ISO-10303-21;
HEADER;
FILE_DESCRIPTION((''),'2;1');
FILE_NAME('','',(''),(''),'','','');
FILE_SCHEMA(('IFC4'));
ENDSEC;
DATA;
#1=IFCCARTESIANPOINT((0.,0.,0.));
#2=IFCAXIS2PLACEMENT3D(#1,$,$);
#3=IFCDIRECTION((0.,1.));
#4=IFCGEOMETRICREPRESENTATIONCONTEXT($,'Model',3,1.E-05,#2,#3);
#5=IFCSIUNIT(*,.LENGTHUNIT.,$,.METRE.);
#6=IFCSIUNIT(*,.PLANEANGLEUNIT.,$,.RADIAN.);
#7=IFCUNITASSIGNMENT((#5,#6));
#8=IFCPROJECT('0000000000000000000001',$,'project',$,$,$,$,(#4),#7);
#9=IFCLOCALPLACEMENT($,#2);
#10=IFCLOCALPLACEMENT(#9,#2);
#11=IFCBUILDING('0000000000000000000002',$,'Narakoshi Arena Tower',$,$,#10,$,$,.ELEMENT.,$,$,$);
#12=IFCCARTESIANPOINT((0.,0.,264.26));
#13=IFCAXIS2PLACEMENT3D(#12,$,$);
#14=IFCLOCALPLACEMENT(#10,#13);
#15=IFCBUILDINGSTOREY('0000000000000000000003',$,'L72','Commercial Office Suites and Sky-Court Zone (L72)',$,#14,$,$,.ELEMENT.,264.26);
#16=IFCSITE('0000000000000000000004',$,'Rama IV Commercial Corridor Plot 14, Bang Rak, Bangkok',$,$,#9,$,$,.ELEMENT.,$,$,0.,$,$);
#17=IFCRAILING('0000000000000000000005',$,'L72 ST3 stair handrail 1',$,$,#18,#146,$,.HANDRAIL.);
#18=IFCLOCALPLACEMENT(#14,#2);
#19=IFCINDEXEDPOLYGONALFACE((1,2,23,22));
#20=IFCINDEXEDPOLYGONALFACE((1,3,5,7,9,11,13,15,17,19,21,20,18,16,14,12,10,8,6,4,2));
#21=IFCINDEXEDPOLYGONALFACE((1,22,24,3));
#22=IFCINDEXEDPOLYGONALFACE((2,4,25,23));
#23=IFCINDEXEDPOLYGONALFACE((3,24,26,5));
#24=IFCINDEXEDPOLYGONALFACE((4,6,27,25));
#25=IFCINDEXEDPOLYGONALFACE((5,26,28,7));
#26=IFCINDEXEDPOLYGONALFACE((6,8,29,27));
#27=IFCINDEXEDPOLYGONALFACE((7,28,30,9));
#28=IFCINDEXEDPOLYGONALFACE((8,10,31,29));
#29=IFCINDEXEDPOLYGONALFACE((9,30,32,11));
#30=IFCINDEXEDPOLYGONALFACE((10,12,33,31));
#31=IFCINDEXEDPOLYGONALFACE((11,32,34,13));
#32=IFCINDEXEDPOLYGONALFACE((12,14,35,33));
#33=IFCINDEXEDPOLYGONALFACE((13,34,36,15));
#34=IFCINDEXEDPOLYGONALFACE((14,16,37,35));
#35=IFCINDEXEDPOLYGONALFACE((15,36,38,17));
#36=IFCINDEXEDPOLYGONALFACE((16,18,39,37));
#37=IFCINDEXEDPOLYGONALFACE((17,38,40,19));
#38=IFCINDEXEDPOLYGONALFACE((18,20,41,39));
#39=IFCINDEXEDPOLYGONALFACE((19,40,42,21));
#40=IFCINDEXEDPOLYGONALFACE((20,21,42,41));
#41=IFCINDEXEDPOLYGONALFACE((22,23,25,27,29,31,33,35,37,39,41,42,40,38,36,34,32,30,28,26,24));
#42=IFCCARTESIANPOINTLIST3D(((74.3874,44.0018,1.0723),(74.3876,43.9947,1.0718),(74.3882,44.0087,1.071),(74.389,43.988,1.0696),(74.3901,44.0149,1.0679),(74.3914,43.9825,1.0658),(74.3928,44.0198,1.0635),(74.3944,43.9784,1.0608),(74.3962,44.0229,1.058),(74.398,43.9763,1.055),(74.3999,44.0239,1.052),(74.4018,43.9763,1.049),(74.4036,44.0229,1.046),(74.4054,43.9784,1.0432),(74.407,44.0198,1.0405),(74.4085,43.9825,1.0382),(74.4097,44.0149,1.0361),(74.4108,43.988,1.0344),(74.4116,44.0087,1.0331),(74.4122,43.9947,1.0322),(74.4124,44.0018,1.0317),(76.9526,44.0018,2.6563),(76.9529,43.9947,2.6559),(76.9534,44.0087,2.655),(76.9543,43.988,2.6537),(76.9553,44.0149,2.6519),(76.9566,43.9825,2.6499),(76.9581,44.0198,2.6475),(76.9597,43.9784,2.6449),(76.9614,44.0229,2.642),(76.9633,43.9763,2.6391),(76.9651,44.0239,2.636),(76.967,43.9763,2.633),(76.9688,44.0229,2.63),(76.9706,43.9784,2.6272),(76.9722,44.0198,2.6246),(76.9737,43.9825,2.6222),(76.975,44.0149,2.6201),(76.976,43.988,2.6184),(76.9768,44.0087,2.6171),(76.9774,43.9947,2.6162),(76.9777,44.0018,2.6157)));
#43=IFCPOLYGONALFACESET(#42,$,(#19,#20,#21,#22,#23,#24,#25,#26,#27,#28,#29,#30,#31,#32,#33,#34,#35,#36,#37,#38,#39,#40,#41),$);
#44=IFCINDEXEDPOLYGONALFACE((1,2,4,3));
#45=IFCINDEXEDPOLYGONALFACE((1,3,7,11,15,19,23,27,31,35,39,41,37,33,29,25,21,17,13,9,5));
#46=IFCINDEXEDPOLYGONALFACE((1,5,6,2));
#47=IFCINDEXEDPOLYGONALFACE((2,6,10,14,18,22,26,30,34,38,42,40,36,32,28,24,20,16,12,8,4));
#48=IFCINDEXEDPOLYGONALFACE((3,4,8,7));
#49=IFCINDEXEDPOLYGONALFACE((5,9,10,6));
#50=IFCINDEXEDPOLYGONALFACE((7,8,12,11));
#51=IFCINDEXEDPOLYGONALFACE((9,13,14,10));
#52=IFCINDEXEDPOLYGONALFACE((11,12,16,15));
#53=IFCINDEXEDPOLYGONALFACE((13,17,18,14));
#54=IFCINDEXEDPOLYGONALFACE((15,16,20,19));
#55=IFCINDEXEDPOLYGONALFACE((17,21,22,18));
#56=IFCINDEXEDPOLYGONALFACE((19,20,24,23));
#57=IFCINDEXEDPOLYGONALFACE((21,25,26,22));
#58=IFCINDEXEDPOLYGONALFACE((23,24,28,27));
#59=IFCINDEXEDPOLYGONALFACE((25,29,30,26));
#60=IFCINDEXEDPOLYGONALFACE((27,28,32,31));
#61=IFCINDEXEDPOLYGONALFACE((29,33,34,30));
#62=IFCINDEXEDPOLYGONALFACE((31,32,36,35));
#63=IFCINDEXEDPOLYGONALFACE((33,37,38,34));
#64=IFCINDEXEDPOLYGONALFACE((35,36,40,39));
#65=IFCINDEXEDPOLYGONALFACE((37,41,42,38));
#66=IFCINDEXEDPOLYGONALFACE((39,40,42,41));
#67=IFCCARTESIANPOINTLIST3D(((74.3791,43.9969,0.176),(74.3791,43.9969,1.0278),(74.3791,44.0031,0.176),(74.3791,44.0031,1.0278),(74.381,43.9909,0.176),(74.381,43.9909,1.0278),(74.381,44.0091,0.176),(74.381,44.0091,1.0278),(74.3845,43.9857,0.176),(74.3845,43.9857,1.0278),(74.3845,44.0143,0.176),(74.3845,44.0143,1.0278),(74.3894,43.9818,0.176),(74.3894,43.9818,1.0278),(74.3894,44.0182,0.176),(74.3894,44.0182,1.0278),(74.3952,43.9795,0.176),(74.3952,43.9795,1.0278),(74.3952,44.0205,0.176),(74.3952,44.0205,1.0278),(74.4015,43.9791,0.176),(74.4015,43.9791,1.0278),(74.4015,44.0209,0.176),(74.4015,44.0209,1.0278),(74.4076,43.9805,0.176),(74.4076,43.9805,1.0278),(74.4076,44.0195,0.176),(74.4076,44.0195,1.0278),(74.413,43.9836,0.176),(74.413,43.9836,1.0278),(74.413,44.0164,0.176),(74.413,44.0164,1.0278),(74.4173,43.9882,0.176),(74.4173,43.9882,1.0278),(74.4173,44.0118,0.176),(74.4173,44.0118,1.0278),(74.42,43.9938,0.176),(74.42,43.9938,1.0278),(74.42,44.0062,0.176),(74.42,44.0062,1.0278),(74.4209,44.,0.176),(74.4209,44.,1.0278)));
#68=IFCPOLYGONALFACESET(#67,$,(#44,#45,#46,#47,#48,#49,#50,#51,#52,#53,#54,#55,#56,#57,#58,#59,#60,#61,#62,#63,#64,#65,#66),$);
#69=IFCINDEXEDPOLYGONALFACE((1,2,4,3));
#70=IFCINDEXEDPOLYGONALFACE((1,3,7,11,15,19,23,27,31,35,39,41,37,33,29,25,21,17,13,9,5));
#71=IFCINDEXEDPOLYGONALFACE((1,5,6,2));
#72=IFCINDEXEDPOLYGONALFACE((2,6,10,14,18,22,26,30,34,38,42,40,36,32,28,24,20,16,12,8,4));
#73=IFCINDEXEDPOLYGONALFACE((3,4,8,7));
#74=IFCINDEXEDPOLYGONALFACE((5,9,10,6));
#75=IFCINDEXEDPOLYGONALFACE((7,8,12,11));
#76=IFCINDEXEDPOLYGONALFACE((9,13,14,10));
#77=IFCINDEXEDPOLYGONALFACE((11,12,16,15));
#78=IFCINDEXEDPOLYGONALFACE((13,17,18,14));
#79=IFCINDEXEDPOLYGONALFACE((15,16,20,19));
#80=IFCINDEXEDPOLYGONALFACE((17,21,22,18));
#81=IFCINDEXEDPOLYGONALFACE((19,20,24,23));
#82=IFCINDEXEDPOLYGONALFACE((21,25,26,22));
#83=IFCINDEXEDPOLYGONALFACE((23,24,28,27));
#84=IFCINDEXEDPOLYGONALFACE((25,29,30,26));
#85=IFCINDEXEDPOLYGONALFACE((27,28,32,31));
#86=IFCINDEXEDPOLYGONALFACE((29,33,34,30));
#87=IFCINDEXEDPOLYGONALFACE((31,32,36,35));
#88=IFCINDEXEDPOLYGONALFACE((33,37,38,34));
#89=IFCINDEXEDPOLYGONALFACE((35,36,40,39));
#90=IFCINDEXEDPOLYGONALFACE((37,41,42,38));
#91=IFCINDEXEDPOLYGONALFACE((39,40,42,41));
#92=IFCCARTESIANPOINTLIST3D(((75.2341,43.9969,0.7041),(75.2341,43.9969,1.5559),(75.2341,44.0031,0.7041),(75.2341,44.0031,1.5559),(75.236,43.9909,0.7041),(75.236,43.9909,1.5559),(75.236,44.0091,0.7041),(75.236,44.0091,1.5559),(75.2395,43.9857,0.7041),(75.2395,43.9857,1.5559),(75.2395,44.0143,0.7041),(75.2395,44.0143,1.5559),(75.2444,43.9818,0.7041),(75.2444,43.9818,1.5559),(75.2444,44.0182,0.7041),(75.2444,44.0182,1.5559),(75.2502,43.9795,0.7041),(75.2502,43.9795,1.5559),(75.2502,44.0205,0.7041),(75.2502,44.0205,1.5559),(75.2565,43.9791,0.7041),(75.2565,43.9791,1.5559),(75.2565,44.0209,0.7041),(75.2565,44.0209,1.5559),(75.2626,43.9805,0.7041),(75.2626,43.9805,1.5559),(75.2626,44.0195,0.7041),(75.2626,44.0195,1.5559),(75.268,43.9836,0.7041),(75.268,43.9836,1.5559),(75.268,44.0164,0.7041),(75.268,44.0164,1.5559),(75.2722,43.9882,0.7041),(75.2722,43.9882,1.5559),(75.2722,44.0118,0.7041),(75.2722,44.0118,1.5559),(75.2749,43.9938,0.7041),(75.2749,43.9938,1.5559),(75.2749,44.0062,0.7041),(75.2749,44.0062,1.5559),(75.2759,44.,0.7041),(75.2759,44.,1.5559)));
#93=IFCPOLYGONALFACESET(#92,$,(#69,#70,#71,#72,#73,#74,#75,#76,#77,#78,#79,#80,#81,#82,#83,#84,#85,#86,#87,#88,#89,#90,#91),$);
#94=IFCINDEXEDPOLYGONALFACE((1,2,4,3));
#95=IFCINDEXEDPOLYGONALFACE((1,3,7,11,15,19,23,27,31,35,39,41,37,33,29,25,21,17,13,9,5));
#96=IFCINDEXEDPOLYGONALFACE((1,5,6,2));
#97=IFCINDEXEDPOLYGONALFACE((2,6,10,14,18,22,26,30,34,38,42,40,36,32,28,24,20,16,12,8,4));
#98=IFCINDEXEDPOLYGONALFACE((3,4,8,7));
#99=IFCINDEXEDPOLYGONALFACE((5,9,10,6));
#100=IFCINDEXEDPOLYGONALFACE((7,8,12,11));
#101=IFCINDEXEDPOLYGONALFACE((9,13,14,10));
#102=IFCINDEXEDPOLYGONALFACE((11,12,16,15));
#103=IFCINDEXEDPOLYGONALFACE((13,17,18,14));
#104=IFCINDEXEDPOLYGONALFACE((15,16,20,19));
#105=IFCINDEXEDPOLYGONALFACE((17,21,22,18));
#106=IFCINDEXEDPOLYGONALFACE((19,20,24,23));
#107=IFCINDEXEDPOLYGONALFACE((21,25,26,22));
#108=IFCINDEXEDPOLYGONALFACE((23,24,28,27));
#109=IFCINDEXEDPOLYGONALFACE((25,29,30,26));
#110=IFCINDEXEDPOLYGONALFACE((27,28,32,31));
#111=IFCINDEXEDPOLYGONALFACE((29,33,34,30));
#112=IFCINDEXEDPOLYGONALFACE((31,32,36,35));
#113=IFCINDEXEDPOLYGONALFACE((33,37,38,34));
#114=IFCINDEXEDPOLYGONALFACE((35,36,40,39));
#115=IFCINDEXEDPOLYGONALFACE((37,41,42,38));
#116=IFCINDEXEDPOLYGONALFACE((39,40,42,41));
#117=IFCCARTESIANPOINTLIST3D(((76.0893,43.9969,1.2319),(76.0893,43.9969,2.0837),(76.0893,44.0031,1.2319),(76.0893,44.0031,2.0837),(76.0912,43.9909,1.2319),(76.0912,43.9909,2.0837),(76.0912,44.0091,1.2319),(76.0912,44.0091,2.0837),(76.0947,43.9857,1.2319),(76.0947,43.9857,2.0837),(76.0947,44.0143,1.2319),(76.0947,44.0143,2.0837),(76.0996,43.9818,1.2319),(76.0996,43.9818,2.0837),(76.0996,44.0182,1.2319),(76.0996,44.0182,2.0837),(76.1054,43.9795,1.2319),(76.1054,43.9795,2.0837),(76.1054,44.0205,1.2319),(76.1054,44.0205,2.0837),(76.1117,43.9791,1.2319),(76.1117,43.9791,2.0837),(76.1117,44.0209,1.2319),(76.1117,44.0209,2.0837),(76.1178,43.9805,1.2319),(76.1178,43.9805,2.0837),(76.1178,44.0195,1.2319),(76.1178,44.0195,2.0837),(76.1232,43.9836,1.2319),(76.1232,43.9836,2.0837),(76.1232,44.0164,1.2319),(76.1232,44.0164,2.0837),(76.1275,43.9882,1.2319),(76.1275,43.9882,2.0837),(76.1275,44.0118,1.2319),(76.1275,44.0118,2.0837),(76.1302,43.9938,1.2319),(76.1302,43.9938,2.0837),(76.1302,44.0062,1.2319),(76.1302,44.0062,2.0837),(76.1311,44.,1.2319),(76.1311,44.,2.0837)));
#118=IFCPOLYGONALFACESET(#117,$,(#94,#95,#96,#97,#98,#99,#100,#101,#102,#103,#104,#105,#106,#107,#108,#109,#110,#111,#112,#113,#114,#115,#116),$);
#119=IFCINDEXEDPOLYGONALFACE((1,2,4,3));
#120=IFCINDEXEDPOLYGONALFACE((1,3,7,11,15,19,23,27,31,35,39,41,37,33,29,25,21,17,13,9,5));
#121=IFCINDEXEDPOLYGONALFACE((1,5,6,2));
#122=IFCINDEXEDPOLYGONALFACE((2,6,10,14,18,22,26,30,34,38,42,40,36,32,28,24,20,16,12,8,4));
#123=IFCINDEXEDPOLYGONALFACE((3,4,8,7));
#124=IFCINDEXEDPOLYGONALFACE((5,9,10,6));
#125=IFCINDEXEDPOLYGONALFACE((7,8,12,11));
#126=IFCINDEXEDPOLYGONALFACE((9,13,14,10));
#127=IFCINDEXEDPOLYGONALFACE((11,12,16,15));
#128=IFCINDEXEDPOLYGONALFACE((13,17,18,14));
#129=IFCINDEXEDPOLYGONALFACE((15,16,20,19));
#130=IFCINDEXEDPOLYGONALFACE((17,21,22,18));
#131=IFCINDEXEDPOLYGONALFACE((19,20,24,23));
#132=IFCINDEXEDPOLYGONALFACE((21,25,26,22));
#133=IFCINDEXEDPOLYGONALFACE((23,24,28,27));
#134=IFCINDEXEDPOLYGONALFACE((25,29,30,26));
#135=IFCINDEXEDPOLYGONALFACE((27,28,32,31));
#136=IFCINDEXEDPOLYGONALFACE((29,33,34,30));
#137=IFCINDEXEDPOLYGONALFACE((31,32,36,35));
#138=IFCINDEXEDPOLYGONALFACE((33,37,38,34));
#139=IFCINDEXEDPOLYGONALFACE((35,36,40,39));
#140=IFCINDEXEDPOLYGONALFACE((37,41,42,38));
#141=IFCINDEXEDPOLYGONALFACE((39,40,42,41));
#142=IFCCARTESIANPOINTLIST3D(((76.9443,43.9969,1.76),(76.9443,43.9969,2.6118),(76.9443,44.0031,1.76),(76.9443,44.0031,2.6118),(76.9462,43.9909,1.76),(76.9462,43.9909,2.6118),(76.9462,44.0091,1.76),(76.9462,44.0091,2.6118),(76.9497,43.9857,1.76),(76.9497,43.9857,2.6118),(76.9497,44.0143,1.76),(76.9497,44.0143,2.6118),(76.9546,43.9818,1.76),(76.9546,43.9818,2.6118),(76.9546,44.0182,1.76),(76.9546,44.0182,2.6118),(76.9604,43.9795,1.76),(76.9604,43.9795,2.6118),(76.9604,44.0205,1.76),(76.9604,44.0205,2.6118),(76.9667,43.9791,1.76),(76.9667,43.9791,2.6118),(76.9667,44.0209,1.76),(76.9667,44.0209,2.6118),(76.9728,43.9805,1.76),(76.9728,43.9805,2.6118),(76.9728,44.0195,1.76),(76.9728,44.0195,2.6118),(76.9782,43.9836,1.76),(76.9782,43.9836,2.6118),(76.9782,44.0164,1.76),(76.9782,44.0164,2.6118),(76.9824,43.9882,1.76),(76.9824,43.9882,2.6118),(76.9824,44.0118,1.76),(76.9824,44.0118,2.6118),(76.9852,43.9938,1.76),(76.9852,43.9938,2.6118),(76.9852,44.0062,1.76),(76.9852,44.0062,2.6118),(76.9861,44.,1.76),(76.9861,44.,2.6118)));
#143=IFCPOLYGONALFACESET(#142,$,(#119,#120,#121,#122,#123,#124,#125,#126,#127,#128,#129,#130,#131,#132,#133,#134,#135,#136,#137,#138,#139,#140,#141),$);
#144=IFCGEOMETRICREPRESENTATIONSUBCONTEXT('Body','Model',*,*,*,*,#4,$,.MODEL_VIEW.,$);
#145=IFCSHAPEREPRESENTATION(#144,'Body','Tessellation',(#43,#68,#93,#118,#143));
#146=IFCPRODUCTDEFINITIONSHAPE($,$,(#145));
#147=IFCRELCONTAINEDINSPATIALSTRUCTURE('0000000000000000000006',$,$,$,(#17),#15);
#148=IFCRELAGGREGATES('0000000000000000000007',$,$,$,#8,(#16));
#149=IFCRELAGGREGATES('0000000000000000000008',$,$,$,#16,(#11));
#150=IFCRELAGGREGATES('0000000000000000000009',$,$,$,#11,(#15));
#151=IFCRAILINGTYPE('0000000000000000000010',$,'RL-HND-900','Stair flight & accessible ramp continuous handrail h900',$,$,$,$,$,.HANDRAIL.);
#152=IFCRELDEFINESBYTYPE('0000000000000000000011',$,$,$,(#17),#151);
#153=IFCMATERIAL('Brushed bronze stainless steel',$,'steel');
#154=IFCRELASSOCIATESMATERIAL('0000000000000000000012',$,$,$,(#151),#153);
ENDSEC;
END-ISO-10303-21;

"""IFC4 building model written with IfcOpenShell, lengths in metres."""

from ifc_helpers import new_model, si_unit, direction, frame, origin, origin_2d, place, context, subcontext, project, spatial, circle, extrude, material, type_object, element, save


model = new_model("IFC4")

# Units and contexts
model_context = context("Model", 3, precision=1e-05, world=origin(), true_north=direction((0.0, 1.0)))
body_context = subcontext(model_context, "Body", "Model", "MODEL_VIEW")
ifc_project = project(units=[si_unit("LENGTHUNIT", "METRE"), si_unit("PLANEANGLEUNIT", "RADIAN")], contexts=[model_context])

# Site, building, storey
site_placement = place(None, origin())
site = spatial("IfcSite", under=ifc_project, at=site_placement, Name="Rama IV Commercial Corridor Plot 14, Bang Rak, Bangkok", CompositionType="ELEMENT", RefElevation=0.0)
building_placement = place(site_placement, origin())
building = spatial("IfcBuilding", under=site, at=building_placement, Name="Narakoshi Arena Tower", CompositionType="ELEMENT")
storey_placement = place(building_placement, frame((0.0, 0.0, 264.26)))
storey = spatial("IfcBuildingStorey", under=building, at=storey_placement, Name="L72", Description="Commercial Office Suites and Sky-Court Zone (L72)", CompositionType="ELEMENT", Elevation=264.26)

# Railing
ifc_material_1 = material(Name="Brushed bronze stainless steel", Category="steel")
railing_type_1 = type_object("IfcRailingType", Name="RL-HND-900", Description="Stair flight & accessible ramp continuous handrail h900", PredefinedType="HANDRAIL", material=ifc_material_1)
railing_1_placement = place(storey_placement, frame((74.3999, 44.0, 0.176)))
element("IfcRailing", 1, at=railing_1_placement, inside=storey, type_object=railing_type_1, Name="L72 ST3 stair handrail 1", PredefinedType="HANDRAIL", context=body_context, shape_type="SweptSolid", body=[
    extrude(circle(Radius=0.0239, at=origin_2d()), frame((0.0, 0.0, 0.876), z_axis=(0.850857, 0.0, 0.525398), x_axis=(0.0, 1.0, 0.0)), (0.0, 0.0, 1.0), 3.0149),
    extrude(circle(Radius=0.021, at=origin_2d()), origin(), (0.0, 0.0, 1.0), 0.8518),
    extrude(circle(Radius=0.021, at=origin_2d()), frame((0.855, 0.0, 0.5281)), (0.0, 0.0, 1.0), 0.8518),
    extrude(circle(Radius=0.021, at=origin_2d()), frame((1.7102, 0.0, 1.0559)), (0.0, 0.0, 1.0), 0.8518),
    extrude(circle(Radius=0.021, at=origin_2d()), frame((2.5652, 0.0, 1.584)), (0.0, 0.0, 1.0), 0.8518),
])

save(model, "model.ifc")
